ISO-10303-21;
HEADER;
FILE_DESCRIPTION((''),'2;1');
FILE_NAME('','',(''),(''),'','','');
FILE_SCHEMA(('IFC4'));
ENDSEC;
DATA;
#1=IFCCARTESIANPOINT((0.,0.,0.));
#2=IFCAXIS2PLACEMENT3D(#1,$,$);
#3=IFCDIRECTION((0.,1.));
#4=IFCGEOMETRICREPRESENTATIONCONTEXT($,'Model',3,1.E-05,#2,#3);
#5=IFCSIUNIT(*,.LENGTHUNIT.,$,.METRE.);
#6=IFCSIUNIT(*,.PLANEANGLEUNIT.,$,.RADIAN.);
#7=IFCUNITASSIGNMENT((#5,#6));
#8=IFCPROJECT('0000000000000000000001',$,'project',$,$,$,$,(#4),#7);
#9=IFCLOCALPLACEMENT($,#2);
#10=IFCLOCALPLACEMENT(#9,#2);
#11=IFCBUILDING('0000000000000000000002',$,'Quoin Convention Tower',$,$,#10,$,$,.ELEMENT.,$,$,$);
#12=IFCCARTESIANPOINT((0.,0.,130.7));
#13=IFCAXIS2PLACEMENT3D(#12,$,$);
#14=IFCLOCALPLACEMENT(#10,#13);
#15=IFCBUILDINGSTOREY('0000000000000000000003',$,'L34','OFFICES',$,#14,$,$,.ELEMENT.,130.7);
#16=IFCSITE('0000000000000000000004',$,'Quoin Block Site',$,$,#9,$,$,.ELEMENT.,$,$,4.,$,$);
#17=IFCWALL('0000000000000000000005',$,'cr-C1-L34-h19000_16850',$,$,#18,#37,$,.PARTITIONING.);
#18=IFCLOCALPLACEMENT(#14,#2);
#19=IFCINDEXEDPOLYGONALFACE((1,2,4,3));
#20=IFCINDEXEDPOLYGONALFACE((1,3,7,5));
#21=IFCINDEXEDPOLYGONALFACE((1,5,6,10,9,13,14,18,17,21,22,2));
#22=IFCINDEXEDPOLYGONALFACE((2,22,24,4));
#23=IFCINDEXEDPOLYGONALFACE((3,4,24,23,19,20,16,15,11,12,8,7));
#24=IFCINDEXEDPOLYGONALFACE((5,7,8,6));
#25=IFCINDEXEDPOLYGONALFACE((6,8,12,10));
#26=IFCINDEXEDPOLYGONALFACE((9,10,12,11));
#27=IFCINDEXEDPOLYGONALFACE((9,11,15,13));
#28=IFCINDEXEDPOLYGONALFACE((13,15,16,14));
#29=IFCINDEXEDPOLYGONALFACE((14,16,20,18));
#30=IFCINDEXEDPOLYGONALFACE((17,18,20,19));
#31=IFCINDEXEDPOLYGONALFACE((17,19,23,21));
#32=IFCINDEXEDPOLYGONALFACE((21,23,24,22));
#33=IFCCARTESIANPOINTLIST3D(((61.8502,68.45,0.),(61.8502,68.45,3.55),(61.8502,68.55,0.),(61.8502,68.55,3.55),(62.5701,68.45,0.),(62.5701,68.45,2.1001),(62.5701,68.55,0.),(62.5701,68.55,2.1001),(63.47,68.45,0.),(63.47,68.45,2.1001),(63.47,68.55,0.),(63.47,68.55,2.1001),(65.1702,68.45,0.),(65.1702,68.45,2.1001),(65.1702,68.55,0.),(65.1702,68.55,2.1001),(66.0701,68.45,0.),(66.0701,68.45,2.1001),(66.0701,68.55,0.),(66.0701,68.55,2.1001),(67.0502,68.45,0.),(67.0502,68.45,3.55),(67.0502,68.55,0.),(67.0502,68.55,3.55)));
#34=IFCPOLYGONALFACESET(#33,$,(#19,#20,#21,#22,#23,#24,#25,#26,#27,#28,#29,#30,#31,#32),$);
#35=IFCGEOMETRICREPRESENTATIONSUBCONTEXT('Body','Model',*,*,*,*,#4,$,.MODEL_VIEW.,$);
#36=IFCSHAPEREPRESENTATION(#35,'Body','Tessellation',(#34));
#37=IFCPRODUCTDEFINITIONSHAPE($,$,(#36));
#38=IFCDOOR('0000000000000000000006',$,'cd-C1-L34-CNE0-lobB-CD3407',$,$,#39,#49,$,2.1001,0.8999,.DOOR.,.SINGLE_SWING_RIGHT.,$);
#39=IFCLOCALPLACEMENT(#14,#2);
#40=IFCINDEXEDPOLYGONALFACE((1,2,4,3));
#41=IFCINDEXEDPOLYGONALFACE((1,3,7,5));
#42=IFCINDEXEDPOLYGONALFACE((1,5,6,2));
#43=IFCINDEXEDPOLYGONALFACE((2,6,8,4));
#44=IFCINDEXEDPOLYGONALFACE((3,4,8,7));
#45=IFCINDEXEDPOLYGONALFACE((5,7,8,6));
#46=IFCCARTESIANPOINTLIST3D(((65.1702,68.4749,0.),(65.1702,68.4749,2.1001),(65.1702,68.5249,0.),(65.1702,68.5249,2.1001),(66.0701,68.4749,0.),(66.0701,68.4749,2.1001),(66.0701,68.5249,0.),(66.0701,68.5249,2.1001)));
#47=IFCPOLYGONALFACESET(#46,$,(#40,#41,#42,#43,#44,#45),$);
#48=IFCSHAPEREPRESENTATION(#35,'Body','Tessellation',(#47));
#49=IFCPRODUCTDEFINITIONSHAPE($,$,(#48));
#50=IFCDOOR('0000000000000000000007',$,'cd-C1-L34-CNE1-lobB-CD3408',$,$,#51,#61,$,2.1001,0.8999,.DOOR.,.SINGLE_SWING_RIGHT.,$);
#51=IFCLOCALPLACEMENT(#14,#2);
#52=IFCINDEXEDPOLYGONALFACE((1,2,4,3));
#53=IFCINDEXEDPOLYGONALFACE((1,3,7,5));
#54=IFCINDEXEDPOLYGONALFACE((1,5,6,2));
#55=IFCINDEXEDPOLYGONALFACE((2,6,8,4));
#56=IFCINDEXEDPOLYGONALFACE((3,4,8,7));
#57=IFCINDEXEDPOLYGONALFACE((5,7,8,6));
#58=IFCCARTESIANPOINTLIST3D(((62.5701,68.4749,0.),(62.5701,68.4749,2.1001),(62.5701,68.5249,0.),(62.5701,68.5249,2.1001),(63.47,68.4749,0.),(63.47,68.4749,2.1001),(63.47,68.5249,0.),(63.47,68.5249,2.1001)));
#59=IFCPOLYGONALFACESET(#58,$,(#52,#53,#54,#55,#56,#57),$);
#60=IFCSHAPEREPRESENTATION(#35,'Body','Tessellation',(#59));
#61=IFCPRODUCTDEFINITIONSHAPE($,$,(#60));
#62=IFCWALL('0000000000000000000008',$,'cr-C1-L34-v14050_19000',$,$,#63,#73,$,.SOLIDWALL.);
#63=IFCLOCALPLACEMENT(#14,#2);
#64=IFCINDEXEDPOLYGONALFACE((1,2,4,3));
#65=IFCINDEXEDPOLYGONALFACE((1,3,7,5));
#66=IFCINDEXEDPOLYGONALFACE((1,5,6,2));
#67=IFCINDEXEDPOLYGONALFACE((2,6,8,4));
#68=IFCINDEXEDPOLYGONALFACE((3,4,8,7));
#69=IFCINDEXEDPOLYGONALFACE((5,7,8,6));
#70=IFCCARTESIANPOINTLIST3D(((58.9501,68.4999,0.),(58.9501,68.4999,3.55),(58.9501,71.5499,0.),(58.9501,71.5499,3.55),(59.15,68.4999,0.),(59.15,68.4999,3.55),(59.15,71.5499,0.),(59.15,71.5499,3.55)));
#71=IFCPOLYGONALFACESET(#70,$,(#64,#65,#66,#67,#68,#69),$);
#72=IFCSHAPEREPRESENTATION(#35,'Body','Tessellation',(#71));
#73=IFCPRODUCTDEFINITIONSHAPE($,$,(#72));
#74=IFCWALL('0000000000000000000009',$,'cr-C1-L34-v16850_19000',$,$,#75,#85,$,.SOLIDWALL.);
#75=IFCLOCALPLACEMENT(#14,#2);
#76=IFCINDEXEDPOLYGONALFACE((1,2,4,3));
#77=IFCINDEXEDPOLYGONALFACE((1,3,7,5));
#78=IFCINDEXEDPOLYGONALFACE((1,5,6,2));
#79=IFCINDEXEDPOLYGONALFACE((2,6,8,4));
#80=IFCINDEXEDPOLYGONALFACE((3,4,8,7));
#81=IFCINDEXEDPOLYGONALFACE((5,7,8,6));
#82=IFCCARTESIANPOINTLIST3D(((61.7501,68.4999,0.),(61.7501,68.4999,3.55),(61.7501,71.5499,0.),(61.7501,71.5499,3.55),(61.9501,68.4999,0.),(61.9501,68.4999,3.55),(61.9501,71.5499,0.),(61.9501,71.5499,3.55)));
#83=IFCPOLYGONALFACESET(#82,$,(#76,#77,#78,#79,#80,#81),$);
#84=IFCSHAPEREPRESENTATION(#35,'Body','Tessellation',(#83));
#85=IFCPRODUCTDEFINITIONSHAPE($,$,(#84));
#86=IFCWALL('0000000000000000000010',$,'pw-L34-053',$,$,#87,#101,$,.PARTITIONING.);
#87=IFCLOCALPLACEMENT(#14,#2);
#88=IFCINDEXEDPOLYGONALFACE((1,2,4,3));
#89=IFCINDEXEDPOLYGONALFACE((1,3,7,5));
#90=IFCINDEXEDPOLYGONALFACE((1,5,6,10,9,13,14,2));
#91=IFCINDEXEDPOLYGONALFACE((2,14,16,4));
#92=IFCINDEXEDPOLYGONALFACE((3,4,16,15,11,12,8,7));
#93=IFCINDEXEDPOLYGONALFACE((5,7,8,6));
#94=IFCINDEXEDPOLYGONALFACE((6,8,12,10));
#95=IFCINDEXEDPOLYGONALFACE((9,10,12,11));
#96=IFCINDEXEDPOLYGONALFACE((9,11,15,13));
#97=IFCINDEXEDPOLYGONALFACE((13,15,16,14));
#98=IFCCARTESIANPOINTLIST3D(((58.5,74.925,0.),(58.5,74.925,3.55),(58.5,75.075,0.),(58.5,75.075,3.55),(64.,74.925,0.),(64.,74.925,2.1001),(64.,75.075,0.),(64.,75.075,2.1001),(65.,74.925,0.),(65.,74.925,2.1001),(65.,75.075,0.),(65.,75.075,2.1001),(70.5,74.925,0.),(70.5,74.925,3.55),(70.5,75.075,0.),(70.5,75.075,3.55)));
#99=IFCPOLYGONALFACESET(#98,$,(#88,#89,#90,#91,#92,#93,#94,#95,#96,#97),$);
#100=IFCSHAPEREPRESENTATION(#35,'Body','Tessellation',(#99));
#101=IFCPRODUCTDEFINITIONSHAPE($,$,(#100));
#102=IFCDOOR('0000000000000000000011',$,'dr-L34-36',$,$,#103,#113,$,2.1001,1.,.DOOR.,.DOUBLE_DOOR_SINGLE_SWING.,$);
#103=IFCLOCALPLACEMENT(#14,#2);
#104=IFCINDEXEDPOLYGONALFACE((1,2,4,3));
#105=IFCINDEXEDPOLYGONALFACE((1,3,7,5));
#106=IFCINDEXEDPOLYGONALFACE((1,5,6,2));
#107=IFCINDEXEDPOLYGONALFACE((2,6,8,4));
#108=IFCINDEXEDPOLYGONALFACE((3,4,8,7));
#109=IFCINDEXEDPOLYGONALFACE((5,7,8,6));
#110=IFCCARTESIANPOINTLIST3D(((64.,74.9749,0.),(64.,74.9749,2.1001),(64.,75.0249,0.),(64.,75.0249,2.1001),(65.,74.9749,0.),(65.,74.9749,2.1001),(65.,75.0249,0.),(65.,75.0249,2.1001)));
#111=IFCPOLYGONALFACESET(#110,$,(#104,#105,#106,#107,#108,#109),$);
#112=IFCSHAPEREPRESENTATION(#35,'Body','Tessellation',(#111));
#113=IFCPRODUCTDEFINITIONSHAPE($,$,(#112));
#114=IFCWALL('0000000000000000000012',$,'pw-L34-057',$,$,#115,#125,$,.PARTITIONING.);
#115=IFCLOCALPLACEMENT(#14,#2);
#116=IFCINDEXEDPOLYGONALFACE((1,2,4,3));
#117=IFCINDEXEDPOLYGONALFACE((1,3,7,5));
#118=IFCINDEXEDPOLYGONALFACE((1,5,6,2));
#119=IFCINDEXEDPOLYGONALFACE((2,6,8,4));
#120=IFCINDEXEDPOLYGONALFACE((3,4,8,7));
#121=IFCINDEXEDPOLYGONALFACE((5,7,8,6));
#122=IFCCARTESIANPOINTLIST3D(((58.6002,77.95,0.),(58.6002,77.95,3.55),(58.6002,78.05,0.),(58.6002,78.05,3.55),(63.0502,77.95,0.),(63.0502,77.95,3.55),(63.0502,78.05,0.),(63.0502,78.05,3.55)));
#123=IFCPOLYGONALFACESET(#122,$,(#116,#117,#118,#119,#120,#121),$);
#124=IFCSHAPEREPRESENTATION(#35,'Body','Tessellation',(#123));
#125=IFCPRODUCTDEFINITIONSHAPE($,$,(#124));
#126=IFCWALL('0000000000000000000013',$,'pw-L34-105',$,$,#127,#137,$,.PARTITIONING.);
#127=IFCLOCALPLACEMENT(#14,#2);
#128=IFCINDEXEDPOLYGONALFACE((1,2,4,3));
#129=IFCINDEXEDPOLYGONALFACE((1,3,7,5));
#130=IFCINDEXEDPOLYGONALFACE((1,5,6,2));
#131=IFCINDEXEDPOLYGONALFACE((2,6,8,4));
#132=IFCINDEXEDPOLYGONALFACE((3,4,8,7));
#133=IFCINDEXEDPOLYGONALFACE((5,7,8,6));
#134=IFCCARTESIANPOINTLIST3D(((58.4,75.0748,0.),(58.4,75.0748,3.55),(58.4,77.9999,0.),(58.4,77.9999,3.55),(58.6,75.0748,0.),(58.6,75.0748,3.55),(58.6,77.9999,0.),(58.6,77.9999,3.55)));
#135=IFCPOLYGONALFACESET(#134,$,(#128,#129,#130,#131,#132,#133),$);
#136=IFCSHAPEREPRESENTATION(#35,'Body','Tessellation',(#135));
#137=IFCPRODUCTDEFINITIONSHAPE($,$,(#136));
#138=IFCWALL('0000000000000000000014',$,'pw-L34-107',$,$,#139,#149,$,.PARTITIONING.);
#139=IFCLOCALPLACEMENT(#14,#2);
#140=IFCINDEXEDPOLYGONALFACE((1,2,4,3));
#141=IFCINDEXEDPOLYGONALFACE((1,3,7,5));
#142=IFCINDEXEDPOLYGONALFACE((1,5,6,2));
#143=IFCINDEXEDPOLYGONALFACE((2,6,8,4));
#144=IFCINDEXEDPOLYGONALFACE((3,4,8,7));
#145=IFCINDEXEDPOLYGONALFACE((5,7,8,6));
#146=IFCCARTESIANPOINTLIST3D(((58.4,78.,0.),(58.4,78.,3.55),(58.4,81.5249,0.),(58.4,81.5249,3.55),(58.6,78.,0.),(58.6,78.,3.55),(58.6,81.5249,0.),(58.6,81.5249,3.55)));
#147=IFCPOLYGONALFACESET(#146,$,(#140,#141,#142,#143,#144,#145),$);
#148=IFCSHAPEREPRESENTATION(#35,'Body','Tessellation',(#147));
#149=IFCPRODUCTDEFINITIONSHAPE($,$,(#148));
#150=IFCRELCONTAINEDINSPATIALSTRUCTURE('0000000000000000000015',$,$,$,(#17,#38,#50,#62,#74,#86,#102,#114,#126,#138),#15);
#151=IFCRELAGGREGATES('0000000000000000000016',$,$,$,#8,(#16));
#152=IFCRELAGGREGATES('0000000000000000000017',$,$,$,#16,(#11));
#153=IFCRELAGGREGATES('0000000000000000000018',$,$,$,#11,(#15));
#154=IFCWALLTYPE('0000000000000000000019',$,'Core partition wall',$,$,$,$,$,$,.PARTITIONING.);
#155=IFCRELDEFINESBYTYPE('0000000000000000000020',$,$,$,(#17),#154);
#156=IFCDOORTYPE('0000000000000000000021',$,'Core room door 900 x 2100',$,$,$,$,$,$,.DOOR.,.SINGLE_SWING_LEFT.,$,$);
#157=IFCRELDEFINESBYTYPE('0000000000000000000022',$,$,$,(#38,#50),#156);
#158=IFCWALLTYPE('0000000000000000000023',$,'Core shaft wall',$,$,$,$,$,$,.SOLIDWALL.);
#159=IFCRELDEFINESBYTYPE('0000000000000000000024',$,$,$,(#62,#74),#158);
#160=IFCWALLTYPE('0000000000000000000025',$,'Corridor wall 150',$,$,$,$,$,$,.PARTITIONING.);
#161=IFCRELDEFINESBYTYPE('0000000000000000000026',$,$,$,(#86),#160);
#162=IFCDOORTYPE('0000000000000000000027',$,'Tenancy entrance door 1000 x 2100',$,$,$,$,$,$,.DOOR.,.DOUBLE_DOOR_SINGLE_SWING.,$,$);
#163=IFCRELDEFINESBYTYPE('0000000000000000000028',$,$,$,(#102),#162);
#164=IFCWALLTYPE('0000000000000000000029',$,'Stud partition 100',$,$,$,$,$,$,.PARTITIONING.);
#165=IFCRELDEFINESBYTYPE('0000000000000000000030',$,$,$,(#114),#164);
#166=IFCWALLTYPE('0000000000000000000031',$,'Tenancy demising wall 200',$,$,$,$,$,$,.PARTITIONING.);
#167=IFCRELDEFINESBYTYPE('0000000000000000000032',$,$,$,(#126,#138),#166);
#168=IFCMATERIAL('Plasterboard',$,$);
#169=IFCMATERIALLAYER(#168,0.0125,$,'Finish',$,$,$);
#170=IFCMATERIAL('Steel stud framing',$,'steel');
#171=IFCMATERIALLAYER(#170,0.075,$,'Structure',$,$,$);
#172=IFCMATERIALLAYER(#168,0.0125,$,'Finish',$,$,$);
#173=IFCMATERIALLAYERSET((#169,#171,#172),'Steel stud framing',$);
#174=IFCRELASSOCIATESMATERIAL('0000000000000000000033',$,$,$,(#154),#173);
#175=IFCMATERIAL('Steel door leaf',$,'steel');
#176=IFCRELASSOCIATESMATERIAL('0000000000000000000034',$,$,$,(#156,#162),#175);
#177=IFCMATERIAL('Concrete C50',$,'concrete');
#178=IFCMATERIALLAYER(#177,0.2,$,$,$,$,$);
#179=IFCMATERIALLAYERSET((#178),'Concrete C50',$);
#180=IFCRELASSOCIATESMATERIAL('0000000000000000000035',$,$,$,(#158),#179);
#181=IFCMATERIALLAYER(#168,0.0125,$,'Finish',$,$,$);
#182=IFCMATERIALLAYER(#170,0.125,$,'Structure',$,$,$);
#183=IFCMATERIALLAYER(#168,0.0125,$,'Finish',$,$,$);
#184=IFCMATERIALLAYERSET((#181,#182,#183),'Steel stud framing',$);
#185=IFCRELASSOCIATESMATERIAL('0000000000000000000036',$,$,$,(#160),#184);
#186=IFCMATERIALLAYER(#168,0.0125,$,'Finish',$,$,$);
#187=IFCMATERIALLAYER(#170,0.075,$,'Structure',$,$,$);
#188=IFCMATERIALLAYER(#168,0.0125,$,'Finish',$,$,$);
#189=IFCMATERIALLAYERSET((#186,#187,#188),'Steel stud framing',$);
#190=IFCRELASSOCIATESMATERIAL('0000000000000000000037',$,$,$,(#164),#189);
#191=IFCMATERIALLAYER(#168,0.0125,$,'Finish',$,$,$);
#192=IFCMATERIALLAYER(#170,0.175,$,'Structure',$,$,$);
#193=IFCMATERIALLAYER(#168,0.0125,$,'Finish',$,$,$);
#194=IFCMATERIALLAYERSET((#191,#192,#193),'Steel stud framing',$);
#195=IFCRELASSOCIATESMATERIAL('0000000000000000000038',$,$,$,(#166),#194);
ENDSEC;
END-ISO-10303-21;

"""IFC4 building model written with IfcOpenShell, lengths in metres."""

from ifc_helpers import new_model, si_unit, direction, frame, frame_2d, origin, place, context, subcontext, project, spatial, rectangle, extrude, material, layer, layer_set, type_object, element, fill, save


model = new_model("IFC4")

# Units and contexts
model_context = context("Model", 3, precision=1e-05, world=origin(), true_north=direction((0.0, 1.0)))
body_context = subcontext(model_context, "Body", "Model", "MODEL_VIEW")
ifc_project = project(units=[si_unit("LENGTHUNIT", "METRE"), si_unit("PLANEANGLEUNIT", "RADIAN")], contexts=[model_context])

# Site, building, storey
site_placement = place(None, origin())
site = spatial("IfcSite", under=ifc_project, at=site_placement, Name="Quoin Block Site", CompositionType="ELEMENT", RefElevation=4.0)
building_placement = place(site_placement, origin())
building = spatial("IfcBuilding", under=site, at=building_placement, Name="Quoin Convention Tower", CompositionType="ELEMENT")
storey_placement = place(building_placement, frame((0.0, 0.0, 130.7)))
storey = spatial("IfcBuildingStorey", under=building, at=storey_placement, Name="L34", Description="OFFICES", CompositionType="ELEMENT", Elevation=130.7)

# Wall, openings, doors
ifc_material_1 = material(Name="Plasterboard")
ifc_layer_1 = layer(ifc_material_1, 0.0125, Name="Finish")
ifc_material_2 = material(Name="Steel stud framing", Category="steel")
ifc_layer_2 = layer(ifc_material_2, 0.075, Name="Structure")
ifc_layer_3 = layer(ifc_material_1, 0.0125, Name="Finish")
ifc_layer_set_1 = layer_set([ifc_layer_1, ifc_layer_2, ifc_layer_3], Name="Steel stud framing")
wall_type_1 = type_object("IfcWallType", Name="Core partition wall", PredefinedType="PARTITIONING", material=ifc_layer_set_1)
wall_1_placement = place(storey_placement, frame((61.8501, 68.5, 0.0), z_axis=(0.0, 0.0, 1.0), x_axis=(1.0, 0.0, 0.0)))
wall_1 = element("IfcWall", 1, at=wall_1_placement, inside=storey, type_object=wall_type_1, Name="cr-C1-L34-h19000_16850", PredefinedType="PARTITIONING", context=body_context, shape_type="SweptSolid", body=[
    extrude(rectangle(XDim=5.2, YDim=0.1001, at=frame_2d((2.6001, 0.0))), origin(), (0.0, 0.0, 1.0), 3.55),
])
opening_1_placement = place(wall_1_placement, frame((3.3201, 0.0, 0.0)))
opening_1 = element("IfcOpeningElement", 2, at=opening_1_placement, cuts=wall_1, PredefinedType="OPENING", context=body_context, shape_type="SweptSolid", body=[
    extrude(rectangle(XDim=0.8999, YDim=2.1001, at=frame_2d((0.45, 1.05))), frame((0.0, 0.0601, 0.0), z_axis=(0.0, -1.0, 0.0), x_axis=(1.0, 0.0, 0.0)), (0.0, 0.0, 1.0), 0.1201),
])
opening_2_placement = place(wall_1_placement, frame((0.72, 0.0, 0.0)))
opening_2 = element("IfcOpeningElement", 3, at=opening_2_placement, cuts=wall_1, PredefinedType="OPENING", context=body_context, shape_type="SweptSolid", body=[
    extrude(rectangle(XDim=0.8999, YDim=2.1001, at=frame_2d((0.45, 1.05))), frame((0.0, 0.0601, 0.0), z_axis=(0.0, -1.0, 0.0), x_axis=(1.0, 0.0, 0.0)), (0.0, 0.0, 1.0), 0.1201),
])
ifc_material_3 = material(Name="Steel door leaf", Category="steel")
door_type_1 = type_object("IfcDoorType", Name="Core room door 900 x 2100", OperationType="SINGLE_SWING_LEFT", PredefinedType="DOOR", material=ifc_material_3)
door_1_placement = place(opening_1_placement, origin())
door_1 = element("IfcDoor", 4, at=door_1_placement, inside=storey, type_object=door_type_1, Name="cd-C1-L34-CNE0-lobB-CD3407", OperationType="SINGLE_SWING_RIGHT", OverallHeight=2.1001, OverallWidth=0.8999, PredefinedType="DOOR", context=body_context, shape_type="SweptSolid", body=[
    extrude(rectangle(XDim=0.8999, YDim=2.1001, at=frame_2d((0.45, 1.05))), frame((0.0, 0.0249, 0.0), z_axis=(0.0, -1.0, 0.0), x_axis=(1.0, 0.0, 0.0)), (0.0, 0.0, 1.0), 0.05),
])
fill(opening_1, door_1)
door_2_placement = place(opening_2_placement, origin())
door_2 = element("IfcDoor", 5, at=door_2_placement, inside=storey, type_object=door_type_1, Name="cd-C1-L34-CNE1-lobB-CD3408", OperationType="SINGLE_SWING_RIGHT", OverallHeight=2.1001, OverallWidth=0.8999, PredefinedType="DOOR", context=body_context, shape_type="SweptSolid", body=[
    extrude(rectangle(XDim=0.8999, YDim=2.1001, at=frame_2d((0.45, 1.05))), frame((0.0, 0.0249, 0.0), z_axis=(0.0, -1.0, 0.0), x_axis=(1.0, 0.0, 0.0)), (0.0, 0.0, 1.0), 0.05),
])
fill(opening_2, door_2)

# Walls
ifc_material_4 = material(Name="Concrete C50", Category="concrete")
ifc_layer_4 = layer(ifc_material_4, 0.2)
ifc_layer_set_2 = layer_set([ifc_layer_4], Name="Concrete C50")
wall_type_2 = type_object("IfcWallType", Name="Core shaft wall", PredefinedType="SOLIDWALL", material=ifc_layer_set_2)
for number, where, z_axis, x_axis, name in (
    (6, (59.05, 68.5, 0.0), (0.0, 0.0, 1.0), (0.0, 1.0, 0.0), "cr-C1-L34-v14050_19000"),
    (7, (61.8501, 68.5, 0.0), (0.0, 0.0, 1.0), (0.0, 1.0, 0.0), "cr-C1-L34-v16850_19000"),
):
    element("IfcWall", number, at=place(storey_placement, frame(where, z_axis=z_axis, x_axis=x_axis)), inside=storey, type_object=wall_type_2, Name=name, PredefinedType="SOLIDWALL", context=body_context, shape_type="SweptSolid", body=[
        extrude(rectangle(XDim=3.05, YDim=0.2, at=frame_2d((1.5249, 0.0))), origin(), (0.0, 0.0, 1.0), 3.55),
    ])

# Wall, opening, door
ifc_layer_5 = layer(ifc_material_1, 0.0125, Name="Finish")
ifc_layer_6 = layer(ifc_material_2, 0.125, Name="Structure")
ifc_layer_7 = layer(ifc_material_1, 0.0125, Name="Finish")
ifc_layer_set_3 = layer_set([ifc_layer_5, ifc_layer_6, ifc_layer_7], Name="Steel stud framing")
wall_type_3 = type_object("IfcWallType", Name="Corridor wall 150", PredefinedType="PARTITIONING", material=ifc_layer_set_3)
wall_2_placement = place(storey_placement, frame((58.5, 75.0, 0.0), z_axis=(0.0, 0.0, 1.0), x_axis=(1.0, 0.0, 0.0)))
wall_2 = element("IfcWall", 8, at=wall_2_placement, inside=storey, type_object=wall_type_3, Name="pw-L34-053", PredefinedType="PARTITIONING", context=body_context, shape_type="SweptSolid", body=[
    extrude(rectangle(XDim=12.0, YDim=0.1499, at=frame_2d((6.0, 0.0))), origin(), (0.0, 0.0, 1.0), 3.55),
])
opening_3_placement = place(wall_2_placement, frame((5.5, 0.0, 0.0)))
opening_3 = element("IfcOpeningElement", 9, at=opening_3_placement, cuts=wall_2, PredefinedType="OPENING", context=body_context, shape_type="SweptSolid", body=[
    extrude(rectangle(XDim=1.0, YDim=2.1001, at=frame_2d((0.5, 1.05))), frame((0.0, 0.085, 0.0), z_axis=(0.0, -1.0, 0.0), x_axis=(1.0, 0.0, 0.0)), (0.0, 0.0, 1.0), 0.1699),
])
door_type_2 = type_object("IfcDoorType", Name="Tenancy entrance door 1000 x 2100", OperationType="DOUBLE_DOOR_SINGLE_SWING", PredefinedType="DOOR", material=ifc_material_3)
door_3_placement = place(opening_3_placement, origin())
door_3 = element("IfcDoor", 10, at=door_3_placement, inside=storey, type_object=door_type_2, Name="dr-L34-36", OperationType="DOUBLE_DOOR_SINGLE_SWING", OverallHeight=2.1001, OverallWidth=1.0, PredefinedType="DOOR", context=body_context, shape_type="SweptSolid", body=[
    extrude(rectangle(XDim=1.0, YDim=2.1001, at=frame_2d((0.5, 1.05))), frame((0.0, 0.0249, 0.0), z_axis=(0.0, -1.0, 0.0), x_axis=(1.0, 0.0, 0.0)), (0.0, 0.0, 1.0), 0.05),
])
fill(opening_3, door_3)

# Walls
ifc_layer_8 = layer(ifc_material_1, 0.0125, Name="Finish")
ifc_layer_9 = layer(ifc_material_2, 0.075, Name="Structure")
ifc_layer_10 = layer(ifc_material_1, 0.0125, Name="Finish")
ifc_layer_set_4 = layer_set([ifc_layer_8, ifc_layer_9, ifc_layer_10], Name="Steel stud framing")
wall_type_4 = type_object("IfcWallType", Name="Stud partition 100", PredefinedType="PARTITIONING", material=ifc_layer_set_4)
wall_3_placement = place(storey_placement, frame((58.6001, 78.0, 0.0), z_axis=(0.0, 0.0, 1.0), x_axis=(1.0, 0.0, 0.0)))
element("IfcWall", 11, at=wall_3_placement, inside=storey, type_object=wall_type_4, Name="pw-L34-057", PredefinedType="PARTITIONING", context=body_context, shape_type="SweptSolid", body=[
    extrude(rectangle(XDim=4.45, YDim=0.1001, at=frame_2d((2.2251, 0.0))), origin(), (0.0, 0.0, 1.0), 3.55),
])
ifc_layer_11 = layer(ifc_material_1, 0.0125, Name="Finish")
ifc_layer_12 = layer(ifc_material_2, 0.175, Name="Structure")
ifc_layer_13 = layer(ifc_material_1, 0.0125, Name="Finish")
ifc_layer_set_5 = layer_set([ifc_layer_11, ifc_layer_12, ifc_layer_13], Name="Steel stud framing")
wall_type_5 = type_object("IfcWallType", Name="Tenancy demising wall 200", PredefinedType="PARTITIONING", material=ifc_layer_set_5)
wall_4_placement = place(storey_placement, frame((58.5, 75.075, 0.0), z_axis=(0.0, 0.0, 1.0), x_axis=(0.0, 1.0, 0.0)))
element("IfcWall", 12, at=wall_4_placement, inside=storey, type_object=wall_type_5, Name="pw-L34-105", PredefinedType="PARTITIONING", context=body_context, shape_type="SweptSolid", body=[
    extrude(rectangle(XDim=2.925, YDim=0.2, at=frame_2d((1.4624, 0.0))), origin(), (0.0, 0.0, 1.0), 3.55),
])
wall_5_placement = place(storey_placement, frame((58.5, 78.0, 0.0), z_axis=(0.0, 0.0, 1.0), x_axis=(0.0, 1.0, 0.0)))
element("IfcWall", 13, at=wall_5_placement, inside=storey, type_object=wall_type_5, Name="pw-L34-107", PredefinedType="PARTITIONING", context=body_context, shape_type="SweptSolid", body=[
    extrude(rectangle(XDim=3.5249, YDim=0.2, at=frame_2d((1.7625, 0.0))), origin(), (0.0, 0.0, 1.0), 3.55),
])

save(model, "model.ifc")
